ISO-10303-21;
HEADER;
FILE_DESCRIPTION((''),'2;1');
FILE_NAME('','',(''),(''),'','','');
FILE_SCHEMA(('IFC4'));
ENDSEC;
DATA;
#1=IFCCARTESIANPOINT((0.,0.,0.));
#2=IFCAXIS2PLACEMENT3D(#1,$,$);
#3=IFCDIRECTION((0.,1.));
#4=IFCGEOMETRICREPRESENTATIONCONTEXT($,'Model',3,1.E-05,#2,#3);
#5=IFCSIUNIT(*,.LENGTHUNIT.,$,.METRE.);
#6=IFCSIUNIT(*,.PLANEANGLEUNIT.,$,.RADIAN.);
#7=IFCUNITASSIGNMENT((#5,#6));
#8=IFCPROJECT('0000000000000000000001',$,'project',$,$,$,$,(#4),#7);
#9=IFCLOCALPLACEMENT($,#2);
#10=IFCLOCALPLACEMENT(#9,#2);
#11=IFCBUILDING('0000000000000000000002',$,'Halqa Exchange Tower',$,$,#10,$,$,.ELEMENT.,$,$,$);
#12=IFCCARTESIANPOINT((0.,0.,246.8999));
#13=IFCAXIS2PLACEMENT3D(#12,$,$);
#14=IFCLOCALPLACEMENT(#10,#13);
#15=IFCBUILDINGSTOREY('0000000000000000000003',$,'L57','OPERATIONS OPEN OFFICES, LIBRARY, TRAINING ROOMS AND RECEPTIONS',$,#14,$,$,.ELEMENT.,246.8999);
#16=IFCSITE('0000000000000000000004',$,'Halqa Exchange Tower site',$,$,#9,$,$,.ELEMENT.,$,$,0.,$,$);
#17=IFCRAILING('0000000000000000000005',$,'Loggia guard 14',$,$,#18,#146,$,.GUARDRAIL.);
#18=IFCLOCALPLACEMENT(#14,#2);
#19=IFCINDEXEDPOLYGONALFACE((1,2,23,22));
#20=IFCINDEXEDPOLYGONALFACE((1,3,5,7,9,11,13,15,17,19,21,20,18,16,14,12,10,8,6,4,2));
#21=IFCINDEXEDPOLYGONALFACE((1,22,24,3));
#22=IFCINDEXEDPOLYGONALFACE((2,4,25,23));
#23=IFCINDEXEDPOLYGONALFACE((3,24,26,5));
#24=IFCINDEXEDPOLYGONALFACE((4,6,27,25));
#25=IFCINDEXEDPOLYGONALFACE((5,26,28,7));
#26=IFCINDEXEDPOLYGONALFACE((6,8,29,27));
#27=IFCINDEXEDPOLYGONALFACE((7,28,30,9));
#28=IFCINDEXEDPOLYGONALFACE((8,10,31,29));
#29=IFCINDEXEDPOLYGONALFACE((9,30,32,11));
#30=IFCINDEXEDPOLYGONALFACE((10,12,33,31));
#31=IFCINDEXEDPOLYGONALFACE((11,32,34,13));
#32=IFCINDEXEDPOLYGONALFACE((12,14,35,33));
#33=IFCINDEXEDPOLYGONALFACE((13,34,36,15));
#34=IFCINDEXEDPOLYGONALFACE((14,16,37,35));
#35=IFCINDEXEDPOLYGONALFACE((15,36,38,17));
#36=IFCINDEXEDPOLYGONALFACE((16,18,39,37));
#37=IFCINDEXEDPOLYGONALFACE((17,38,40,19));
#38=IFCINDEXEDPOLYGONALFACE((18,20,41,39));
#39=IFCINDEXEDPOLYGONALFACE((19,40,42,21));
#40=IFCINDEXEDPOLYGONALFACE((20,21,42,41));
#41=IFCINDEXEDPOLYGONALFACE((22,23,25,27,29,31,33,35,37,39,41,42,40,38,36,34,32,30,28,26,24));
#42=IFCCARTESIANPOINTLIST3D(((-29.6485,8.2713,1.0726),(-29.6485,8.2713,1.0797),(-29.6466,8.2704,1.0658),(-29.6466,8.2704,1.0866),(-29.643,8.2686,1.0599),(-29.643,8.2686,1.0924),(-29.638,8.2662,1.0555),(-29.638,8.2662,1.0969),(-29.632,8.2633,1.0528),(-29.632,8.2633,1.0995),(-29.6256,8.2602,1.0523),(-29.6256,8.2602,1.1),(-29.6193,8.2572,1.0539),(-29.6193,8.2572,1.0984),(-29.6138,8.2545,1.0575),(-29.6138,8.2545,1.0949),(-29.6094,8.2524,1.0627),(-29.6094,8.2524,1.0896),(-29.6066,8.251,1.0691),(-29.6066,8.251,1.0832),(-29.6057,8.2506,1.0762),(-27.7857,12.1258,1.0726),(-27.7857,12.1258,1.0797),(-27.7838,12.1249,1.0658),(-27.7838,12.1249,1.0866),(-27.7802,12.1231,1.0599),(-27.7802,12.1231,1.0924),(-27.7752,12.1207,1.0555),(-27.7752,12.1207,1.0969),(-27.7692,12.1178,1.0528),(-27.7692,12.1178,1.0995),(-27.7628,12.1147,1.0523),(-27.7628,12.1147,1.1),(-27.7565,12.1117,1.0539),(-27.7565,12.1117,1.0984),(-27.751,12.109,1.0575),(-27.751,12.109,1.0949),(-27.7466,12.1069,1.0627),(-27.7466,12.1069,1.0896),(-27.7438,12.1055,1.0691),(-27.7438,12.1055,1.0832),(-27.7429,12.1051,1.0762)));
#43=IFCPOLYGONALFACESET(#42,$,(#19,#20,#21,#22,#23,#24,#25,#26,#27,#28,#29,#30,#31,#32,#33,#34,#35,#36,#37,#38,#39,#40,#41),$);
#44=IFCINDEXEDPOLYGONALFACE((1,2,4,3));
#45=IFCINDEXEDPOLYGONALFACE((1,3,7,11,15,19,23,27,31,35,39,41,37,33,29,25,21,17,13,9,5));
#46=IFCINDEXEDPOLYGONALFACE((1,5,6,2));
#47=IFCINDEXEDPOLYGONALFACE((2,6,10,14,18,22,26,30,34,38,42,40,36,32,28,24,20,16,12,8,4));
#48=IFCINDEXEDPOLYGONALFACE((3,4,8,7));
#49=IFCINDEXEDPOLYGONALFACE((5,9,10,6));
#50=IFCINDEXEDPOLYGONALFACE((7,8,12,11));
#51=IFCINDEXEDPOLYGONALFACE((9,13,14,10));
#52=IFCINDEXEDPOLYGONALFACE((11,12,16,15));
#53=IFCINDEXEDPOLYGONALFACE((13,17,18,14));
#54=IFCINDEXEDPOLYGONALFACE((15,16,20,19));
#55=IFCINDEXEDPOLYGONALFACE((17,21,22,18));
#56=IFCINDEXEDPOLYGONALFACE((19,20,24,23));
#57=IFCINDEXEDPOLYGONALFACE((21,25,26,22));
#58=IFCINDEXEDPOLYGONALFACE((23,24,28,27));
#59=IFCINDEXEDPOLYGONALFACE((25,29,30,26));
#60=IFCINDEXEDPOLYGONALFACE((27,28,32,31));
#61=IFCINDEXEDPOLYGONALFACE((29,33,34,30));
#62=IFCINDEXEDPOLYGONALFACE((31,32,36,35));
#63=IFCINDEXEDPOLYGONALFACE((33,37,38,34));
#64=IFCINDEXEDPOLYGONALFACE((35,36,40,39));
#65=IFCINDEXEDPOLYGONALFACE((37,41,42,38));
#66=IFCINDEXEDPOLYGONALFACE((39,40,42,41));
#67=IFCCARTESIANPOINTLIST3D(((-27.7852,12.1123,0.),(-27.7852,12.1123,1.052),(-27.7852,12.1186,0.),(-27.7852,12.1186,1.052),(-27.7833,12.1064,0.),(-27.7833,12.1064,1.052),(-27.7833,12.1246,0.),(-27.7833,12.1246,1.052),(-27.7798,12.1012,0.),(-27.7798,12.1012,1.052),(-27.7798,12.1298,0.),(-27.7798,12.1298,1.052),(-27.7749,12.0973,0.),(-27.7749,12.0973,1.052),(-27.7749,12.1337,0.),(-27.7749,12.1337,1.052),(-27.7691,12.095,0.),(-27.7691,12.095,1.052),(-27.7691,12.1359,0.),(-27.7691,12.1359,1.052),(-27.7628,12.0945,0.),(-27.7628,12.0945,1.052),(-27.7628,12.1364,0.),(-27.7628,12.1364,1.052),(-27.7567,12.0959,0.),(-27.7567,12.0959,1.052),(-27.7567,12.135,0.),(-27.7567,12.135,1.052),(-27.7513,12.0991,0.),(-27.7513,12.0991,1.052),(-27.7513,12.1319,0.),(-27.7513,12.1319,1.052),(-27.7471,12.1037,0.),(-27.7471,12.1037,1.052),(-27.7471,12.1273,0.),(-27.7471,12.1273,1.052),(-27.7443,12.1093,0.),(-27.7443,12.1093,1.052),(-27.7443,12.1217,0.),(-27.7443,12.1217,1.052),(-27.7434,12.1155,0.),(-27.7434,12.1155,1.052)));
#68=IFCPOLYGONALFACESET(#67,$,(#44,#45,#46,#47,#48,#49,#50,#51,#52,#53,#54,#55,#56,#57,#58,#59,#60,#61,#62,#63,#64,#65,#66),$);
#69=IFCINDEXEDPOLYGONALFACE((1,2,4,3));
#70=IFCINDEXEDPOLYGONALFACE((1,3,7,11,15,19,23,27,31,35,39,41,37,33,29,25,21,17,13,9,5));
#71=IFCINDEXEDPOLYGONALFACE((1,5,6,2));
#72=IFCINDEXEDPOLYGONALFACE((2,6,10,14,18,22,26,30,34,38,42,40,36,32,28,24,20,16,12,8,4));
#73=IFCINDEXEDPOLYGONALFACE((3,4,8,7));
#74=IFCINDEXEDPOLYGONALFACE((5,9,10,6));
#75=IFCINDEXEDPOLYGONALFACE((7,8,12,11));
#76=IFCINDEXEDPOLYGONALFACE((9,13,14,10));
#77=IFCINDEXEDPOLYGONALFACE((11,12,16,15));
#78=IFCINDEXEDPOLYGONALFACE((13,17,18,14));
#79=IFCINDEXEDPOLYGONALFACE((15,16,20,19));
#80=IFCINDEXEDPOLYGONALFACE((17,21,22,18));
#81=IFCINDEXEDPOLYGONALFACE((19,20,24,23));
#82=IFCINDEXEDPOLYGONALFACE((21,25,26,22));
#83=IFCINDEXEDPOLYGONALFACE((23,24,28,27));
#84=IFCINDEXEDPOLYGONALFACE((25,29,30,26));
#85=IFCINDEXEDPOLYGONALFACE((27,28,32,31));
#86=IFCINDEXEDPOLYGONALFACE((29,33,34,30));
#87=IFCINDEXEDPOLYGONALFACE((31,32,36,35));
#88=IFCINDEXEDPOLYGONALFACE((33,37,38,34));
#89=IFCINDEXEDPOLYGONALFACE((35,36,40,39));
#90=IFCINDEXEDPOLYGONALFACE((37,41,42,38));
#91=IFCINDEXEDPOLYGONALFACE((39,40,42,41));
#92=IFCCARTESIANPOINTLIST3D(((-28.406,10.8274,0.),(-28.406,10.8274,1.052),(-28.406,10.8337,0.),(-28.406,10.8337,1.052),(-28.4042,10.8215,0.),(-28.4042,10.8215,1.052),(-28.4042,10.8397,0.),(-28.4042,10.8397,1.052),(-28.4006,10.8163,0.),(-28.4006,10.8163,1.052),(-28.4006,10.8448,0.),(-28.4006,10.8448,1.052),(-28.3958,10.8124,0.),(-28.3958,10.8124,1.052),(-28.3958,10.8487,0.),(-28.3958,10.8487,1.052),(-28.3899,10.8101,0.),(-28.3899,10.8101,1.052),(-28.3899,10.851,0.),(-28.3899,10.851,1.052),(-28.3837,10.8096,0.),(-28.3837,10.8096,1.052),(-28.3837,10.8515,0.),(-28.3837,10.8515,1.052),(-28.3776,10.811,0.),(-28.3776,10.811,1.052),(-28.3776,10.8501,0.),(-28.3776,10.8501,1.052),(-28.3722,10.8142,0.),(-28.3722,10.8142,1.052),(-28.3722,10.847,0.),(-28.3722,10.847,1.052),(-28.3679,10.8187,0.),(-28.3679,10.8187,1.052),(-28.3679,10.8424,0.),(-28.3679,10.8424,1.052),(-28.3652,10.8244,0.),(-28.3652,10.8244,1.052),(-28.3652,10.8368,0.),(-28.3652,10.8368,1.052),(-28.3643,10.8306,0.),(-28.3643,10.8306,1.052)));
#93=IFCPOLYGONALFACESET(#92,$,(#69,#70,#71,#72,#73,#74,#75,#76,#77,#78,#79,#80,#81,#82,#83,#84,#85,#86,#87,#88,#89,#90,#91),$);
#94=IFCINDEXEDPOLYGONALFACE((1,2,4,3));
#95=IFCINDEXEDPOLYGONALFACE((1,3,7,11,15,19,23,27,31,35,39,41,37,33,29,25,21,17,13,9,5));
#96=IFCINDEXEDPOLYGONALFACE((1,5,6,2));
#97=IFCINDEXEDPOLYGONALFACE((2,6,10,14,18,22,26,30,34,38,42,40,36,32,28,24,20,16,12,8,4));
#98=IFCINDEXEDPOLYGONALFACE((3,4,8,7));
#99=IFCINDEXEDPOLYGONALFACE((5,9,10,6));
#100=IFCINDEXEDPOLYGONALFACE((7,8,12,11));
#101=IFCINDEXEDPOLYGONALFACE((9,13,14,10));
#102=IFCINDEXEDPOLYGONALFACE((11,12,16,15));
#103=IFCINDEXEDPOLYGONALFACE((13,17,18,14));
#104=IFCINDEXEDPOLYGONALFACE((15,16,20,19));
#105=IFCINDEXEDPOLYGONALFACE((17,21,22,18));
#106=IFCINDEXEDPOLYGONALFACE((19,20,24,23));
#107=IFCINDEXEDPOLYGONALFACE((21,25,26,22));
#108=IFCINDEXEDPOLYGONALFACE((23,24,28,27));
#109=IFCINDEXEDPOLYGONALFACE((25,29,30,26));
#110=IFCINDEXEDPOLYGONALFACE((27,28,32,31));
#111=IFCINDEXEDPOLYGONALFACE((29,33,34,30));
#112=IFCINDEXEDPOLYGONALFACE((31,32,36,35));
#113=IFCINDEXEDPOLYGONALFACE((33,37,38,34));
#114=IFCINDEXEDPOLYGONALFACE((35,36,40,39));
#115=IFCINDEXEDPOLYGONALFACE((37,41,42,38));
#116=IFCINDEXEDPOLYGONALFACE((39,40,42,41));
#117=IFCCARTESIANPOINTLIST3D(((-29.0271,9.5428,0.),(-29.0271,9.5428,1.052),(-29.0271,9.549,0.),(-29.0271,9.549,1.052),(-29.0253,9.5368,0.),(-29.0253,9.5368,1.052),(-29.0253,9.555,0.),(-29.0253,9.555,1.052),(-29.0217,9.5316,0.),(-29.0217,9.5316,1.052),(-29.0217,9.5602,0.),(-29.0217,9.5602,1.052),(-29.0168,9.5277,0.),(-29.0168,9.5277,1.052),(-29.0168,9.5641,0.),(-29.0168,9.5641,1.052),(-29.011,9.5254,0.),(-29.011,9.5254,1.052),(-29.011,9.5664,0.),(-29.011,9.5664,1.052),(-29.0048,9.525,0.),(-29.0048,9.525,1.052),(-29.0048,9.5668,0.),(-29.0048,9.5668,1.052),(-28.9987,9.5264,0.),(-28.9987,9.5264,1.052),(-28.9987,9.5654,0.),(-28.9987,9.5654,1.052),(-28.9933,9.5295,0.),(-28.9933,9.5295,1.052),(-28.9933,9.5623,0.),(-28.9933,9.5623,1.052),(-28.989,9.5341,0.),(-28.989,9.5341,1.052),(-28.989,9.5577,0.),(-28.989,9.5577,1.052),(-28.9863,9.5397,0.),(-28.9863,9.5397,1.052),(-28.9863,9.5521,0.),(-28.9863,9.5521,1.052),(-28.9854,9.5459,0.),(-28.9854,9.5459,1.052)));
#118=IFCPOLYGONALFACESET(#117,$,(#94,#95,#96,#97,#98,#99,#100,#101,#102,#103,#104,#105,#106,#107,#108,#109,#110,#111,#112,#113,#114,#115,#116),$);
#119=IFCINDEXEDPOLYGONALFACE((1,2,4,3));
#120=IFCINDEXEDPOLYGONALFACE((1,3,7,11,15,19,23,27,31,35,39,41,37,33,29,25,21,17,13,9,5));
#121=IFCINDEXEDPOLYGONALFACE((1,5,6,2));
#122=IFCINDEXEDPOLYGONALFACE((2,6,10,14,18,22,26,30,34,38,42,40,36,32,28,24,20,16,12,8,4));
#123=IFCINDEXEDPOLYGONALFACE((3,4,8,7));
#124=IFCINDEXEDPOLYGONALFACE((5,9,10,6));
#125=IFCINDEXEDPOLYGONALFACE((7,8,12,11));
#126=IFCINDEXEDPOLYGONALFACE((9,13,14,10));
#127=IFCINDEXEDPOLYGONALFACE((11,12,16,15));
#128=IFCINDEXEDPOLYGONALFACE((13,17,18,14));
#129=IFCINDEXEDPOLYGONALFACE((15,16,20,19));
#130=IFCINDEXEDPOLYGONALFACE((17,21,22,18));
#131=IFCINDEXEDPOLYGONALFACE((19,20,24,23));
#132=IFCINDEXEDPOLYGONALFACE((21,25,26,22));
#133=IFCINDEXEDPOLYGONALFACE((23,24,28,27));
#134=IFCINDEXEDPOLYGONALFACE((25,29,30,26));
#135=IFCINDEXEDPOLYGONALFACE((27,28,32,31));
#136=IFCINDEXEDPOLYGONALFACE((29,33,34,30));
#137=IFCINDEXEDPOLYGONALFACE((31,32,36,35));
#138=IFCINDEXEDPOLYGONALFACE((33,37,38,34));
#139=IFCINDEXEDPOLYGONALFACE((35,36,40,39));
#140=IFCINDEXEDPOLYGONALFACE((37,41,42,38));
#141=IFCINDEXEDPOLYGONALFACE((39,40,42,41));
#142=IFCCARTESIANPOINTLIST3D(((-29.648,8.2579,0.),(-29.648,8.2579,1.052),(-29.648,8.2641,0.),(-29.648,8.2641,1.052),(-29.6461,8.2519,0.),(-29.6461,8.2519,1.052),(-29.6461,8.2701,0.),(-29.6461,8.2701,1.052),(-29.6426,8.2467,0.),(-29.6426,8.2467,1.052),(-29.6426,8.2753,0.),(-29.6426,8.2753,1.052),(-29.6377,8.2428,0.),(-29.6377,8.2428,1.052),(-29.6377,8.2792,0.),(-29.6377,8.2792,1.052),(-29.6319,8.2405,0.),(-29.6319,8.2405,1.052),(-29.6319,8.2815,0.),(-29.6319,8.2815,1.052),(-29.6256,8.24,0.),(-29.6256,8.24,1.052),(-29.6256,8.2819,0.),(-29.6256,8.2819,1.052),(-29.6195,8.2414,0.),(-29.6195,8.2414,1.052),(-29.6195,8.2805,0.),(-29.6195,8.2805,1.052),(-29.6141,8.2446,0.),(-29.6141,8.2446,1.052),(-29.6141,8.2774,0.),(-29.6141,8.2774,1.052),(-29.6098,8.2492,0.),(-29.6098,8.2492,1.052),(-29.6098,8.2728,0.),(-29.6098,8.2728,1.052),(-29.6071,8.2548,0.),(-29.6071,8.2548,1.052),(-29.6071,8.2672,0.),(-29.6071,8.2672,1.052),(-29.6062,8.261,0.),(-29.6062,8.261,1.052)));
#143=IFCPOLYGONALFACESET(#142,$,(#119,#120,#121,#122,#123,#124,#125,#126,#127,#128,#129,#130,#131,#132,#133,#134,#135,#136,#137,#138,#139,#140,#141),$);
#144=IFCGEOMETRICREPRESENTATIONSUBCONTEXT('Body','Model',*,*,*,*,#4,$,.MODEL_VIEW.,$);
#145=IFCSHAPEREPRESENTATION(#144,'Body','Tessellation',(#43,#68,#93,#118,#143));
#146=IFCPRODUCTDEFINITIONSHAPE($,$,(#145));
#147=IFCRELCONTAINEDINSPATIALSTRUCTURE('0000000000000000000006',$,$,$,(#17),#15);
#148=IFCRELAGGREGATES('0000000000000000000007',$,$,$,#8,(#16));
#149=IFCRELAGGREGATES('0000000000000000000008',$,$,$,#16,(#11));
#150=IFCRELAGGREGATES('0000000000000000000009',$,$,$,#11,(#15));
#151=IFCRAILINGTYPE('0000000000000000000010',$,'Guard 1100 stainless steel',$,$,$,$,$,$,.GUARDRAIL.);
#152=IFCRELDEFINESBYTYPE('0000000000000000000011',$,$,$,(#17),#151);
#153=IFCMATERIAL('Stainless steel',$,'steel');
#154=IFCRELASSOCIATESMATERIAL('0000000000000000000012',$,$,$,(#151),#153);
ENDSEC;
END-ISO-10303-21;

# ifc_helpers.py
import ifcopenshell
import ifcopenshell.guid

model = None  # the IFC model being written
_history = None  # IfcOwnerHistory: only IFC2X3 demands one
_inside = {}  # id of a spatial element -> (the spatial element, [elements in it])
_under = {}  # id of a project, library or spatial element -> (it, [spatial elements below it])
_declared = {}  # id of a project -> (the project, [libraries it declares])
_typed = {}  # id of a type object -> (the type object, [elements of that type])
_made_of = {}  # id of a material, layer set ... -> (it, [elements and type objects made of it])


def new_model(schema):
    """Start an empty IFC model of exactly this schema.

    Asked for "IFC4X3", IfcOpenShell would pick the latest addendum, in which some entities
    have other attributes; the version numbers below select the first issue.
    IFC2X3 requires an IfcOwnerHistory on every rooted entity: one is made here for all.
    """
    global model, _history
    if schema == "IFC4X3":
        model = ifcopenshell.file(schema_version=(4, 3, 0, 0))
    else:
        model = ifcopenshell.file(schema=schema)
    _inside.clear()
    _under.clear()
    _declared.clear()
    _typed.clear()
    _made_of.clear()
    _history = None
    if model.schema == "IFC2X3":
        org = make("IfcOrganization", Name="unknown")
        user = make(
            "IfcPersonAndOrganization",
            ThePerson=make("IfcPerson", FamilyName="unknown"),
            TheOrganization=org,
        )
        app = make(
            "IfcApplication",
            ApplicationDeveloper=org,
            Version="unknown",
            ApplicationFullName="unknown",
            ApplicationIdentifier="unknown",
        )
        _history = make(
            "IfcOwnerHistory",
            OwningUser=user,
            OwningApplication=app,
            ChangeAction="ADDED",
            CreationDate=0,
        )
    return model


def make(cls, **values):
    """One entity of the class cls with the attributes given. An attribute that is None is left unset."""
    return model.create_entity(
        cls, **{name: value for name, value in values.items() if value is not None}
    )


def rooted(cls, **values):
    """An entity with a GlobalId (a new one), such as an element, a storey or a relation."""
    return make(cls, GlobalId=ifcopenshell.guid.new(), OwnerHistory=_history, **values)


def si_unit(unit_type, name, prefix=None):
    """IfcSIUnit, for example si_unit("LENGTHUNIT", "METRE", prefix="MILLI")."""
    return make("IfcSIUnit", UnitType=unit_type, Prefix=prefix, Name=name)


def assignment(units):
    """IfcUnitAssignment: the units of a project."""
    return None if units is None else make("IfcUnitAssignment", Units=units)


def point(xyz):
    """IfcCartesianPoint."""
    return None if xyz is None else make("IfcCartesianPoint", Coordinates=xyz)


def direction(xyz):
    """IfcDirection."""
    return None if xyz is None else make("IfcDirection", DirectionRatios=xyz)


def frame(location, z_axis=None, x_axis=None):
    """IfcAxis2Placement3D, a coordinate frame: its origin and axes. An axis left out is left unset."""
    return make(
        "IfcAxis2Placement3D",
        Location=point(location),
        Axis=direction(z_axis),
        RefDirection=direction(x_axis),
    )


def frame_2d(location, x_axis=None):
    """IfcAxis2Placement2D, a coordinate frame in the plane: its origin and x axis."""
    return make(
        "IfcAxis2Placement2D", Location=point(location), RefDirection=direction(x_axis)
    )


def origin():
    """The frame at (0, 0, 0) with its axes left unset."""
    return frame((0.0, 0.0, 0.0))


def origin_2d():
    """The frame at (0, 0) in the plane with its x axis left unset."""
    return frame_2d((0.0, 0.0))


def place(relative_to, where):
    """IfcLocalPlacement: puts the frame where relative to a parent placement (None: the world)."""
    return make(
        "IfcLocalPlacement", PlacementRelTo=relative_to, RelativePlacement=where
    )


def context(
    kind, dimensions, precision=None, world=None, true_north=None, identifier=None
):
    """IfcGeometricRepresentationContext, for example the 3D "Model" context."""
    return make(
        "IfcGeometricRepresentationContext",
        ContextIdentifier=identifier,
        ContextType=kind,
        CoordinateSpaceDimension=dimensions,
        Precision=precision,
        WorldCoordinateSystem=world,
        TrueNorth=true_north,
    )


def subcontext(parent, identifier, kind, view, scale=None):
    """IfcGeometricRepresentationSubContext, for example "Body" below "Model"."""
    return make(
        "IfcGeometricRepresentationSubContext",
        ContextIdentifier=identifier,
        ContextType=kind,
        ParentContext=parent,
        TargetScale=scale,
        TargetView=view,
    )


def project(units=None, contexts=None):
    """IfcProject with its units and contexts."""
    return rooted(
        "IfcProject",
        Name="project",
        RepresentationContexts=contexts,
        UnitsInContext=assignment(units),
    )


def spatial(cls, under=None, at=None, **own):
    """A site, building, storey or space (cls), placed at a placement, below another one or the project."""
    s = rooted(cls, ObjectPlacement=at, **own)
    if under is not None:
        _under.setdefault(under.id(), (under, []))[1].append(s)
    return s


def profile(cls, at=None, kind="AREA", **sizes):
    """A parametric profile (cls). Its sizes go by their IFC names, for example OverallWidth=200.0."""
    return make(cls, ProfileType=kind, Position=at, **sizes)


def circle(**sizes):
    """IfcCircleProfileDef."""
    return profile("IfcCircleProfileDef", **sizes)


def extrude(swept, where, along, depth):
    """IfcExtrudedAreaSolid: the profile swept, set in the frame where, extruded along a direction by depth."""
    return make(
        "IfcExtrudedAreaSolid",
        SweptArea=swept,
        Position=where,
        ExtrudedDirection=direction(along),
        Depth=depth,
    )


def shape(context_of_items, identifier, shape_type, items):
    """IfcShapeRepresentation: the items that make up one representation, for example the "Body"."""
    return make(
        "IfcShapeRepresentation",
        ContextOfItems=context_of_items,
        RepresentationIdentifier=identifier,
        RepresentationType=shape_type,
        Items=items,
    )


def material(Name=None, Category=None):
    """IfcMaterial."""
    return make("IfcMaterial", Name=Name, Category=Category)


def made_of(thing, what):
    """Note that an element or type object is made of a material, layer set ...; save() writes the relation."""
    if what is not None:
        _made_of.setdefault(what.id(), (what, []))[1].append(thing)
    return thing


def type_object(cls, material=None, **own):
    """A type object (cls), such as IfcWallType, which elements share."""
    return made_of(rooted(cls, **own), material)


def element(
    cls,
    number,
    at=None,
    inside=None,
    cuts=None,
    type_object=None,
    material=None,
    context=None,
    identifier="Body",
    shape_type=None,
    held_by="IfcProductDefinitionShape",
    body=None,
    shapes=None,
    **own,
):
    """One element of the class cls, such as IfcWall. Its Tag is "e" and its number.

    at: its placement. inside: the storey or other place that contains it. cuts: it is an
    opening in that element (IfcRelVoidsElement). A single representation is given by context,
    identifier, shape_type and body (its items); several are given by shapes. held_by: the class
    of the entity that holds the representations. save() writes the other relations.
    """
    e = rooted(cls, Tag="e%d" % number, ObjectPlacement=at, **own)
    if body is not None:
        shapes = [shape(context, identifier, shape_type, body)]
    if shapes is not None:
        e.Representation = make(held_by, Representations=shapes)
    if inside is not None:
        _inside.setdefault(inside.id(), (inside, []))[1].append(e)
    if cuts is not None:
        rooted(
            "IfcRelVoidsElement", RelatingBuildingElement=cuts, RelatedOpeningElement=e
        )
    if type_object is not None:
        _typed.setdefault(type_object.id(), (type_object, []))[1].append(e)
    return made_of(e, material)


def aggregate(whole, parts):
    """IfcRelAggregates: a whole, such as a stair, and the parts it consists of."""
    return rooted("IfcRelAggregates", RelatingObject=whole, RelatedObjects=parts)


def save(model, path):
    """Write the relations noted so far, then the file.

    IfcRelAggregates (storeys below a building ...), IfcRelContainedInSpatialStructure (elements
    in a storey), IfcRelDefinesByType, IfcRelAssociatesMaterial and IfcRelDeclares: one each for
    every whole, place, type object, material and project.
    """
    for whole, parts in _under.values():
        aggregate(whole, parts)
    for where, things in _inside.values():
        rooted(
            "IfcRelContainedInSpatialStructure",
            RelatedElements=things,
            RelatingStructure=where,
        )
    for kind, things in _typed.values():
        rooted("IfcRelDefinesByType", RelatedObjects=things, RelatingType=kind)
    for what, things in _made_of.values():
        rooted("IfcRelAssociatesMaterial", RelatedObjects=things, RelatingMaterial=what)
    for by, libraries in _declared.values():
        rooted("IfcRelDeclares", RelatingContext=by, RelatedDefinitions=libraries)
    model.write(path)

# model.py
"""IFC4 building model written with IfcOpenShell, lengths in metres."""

from ifc_helpers import new_model, si_unit, direction, frame, origin, origin_2d, place, context, subcontext, project, spatial, circle, extrude, material, type_object, element, save


model = new_model("IFC4")

# Units and contexts
model_context = context("Model", 3, precision=1e-05, world=origin(), true_north=direction((0.0, 1.0)))
body_context = subcontext(model_context, "Body", "Model", "MODEL_VIEW")
ifc_project = project(units=[si_unit("LENGTHUNIT", "METRE"), si_unit("PLANEANGLEUNIT", "RADIAN")], contexts=[model_context])

# Site, building, storey
site_placement = place(None, origin())
site = spatial("IfcSite", under=ifc_project, at=site_placement, Name="Halqa Exchange Tower site", CompositionType="ELEMENT", RefElevation=0.0)
building_placement = place(site_placement, origin())
building = spatial("IfcBuilding", under=site, at=building_placement, Name="Halqa Exchange Tower", CompositionType="ELEMENT")
storey_placement = place(building_placement, frame((0.0, 0.0, 246.8999)))
storey = spatial("IfcBuildingStorey", under=building, at=storey_placement, Name="L57", Description="OPERATIONS OPEN OFFICES, LIBRARY, TRAINING ROOMS AND RECEPTIONS", CompositionType="ELEMENT", Elevation=246.8999)

# Railing
ifc_material_1 = material(Name="Stainless steel", Category="steel")
railing_type = type_object("IfcRailingType", Name="Guard 1100 stainless steel", PredefinedType="GUARDRAIL", material=ifc_material_1)
railing_1_placement = place(storey_placement, frame((-27.7644, 12.1155, 0.0)))
element("IfcRailing", 1, at=railing_1_placement, inside=storey, type_object=railing_type, Name="Loggia guard 14", PredefinedType="GUARDRAIL", context=body_context, shape_type="SweptSolid", body=[
    extrude(circle(Radius=0.0239, at=origin_2d()), frame((0.0, 0.0, 1.0762), z_axis=(-0.435129, -0.900368, 0.0), x_axis=(0.900368, -0.435129, 0.0)), (0.0, 0.0, 1.0), 4.281),
    extrude(circle(Radius=0.021, at=origin_2d()), origin(), (0.0, 0.0, 1.0), 1.052),
    extrude(circle(Radius=0.021, at=origin_2d()), frame((-0.6208, -1.2849, 0.0)), (0.0, 0.0, 1.0), 1.052),
    extrude(circle(Radius=0.021, at=origin_2d()), frame((-1.2419, -2.5696, 0.0)), (0.0, 0.0, 1.0), 1.052),
    extrude(circle(Radius=0.021, at=origin_2d()), frame((-1.8628, -3.8545, 0.0)), (0.0, 0.0, 1.0), 1.052),
])

save(model, "model.ifc")
